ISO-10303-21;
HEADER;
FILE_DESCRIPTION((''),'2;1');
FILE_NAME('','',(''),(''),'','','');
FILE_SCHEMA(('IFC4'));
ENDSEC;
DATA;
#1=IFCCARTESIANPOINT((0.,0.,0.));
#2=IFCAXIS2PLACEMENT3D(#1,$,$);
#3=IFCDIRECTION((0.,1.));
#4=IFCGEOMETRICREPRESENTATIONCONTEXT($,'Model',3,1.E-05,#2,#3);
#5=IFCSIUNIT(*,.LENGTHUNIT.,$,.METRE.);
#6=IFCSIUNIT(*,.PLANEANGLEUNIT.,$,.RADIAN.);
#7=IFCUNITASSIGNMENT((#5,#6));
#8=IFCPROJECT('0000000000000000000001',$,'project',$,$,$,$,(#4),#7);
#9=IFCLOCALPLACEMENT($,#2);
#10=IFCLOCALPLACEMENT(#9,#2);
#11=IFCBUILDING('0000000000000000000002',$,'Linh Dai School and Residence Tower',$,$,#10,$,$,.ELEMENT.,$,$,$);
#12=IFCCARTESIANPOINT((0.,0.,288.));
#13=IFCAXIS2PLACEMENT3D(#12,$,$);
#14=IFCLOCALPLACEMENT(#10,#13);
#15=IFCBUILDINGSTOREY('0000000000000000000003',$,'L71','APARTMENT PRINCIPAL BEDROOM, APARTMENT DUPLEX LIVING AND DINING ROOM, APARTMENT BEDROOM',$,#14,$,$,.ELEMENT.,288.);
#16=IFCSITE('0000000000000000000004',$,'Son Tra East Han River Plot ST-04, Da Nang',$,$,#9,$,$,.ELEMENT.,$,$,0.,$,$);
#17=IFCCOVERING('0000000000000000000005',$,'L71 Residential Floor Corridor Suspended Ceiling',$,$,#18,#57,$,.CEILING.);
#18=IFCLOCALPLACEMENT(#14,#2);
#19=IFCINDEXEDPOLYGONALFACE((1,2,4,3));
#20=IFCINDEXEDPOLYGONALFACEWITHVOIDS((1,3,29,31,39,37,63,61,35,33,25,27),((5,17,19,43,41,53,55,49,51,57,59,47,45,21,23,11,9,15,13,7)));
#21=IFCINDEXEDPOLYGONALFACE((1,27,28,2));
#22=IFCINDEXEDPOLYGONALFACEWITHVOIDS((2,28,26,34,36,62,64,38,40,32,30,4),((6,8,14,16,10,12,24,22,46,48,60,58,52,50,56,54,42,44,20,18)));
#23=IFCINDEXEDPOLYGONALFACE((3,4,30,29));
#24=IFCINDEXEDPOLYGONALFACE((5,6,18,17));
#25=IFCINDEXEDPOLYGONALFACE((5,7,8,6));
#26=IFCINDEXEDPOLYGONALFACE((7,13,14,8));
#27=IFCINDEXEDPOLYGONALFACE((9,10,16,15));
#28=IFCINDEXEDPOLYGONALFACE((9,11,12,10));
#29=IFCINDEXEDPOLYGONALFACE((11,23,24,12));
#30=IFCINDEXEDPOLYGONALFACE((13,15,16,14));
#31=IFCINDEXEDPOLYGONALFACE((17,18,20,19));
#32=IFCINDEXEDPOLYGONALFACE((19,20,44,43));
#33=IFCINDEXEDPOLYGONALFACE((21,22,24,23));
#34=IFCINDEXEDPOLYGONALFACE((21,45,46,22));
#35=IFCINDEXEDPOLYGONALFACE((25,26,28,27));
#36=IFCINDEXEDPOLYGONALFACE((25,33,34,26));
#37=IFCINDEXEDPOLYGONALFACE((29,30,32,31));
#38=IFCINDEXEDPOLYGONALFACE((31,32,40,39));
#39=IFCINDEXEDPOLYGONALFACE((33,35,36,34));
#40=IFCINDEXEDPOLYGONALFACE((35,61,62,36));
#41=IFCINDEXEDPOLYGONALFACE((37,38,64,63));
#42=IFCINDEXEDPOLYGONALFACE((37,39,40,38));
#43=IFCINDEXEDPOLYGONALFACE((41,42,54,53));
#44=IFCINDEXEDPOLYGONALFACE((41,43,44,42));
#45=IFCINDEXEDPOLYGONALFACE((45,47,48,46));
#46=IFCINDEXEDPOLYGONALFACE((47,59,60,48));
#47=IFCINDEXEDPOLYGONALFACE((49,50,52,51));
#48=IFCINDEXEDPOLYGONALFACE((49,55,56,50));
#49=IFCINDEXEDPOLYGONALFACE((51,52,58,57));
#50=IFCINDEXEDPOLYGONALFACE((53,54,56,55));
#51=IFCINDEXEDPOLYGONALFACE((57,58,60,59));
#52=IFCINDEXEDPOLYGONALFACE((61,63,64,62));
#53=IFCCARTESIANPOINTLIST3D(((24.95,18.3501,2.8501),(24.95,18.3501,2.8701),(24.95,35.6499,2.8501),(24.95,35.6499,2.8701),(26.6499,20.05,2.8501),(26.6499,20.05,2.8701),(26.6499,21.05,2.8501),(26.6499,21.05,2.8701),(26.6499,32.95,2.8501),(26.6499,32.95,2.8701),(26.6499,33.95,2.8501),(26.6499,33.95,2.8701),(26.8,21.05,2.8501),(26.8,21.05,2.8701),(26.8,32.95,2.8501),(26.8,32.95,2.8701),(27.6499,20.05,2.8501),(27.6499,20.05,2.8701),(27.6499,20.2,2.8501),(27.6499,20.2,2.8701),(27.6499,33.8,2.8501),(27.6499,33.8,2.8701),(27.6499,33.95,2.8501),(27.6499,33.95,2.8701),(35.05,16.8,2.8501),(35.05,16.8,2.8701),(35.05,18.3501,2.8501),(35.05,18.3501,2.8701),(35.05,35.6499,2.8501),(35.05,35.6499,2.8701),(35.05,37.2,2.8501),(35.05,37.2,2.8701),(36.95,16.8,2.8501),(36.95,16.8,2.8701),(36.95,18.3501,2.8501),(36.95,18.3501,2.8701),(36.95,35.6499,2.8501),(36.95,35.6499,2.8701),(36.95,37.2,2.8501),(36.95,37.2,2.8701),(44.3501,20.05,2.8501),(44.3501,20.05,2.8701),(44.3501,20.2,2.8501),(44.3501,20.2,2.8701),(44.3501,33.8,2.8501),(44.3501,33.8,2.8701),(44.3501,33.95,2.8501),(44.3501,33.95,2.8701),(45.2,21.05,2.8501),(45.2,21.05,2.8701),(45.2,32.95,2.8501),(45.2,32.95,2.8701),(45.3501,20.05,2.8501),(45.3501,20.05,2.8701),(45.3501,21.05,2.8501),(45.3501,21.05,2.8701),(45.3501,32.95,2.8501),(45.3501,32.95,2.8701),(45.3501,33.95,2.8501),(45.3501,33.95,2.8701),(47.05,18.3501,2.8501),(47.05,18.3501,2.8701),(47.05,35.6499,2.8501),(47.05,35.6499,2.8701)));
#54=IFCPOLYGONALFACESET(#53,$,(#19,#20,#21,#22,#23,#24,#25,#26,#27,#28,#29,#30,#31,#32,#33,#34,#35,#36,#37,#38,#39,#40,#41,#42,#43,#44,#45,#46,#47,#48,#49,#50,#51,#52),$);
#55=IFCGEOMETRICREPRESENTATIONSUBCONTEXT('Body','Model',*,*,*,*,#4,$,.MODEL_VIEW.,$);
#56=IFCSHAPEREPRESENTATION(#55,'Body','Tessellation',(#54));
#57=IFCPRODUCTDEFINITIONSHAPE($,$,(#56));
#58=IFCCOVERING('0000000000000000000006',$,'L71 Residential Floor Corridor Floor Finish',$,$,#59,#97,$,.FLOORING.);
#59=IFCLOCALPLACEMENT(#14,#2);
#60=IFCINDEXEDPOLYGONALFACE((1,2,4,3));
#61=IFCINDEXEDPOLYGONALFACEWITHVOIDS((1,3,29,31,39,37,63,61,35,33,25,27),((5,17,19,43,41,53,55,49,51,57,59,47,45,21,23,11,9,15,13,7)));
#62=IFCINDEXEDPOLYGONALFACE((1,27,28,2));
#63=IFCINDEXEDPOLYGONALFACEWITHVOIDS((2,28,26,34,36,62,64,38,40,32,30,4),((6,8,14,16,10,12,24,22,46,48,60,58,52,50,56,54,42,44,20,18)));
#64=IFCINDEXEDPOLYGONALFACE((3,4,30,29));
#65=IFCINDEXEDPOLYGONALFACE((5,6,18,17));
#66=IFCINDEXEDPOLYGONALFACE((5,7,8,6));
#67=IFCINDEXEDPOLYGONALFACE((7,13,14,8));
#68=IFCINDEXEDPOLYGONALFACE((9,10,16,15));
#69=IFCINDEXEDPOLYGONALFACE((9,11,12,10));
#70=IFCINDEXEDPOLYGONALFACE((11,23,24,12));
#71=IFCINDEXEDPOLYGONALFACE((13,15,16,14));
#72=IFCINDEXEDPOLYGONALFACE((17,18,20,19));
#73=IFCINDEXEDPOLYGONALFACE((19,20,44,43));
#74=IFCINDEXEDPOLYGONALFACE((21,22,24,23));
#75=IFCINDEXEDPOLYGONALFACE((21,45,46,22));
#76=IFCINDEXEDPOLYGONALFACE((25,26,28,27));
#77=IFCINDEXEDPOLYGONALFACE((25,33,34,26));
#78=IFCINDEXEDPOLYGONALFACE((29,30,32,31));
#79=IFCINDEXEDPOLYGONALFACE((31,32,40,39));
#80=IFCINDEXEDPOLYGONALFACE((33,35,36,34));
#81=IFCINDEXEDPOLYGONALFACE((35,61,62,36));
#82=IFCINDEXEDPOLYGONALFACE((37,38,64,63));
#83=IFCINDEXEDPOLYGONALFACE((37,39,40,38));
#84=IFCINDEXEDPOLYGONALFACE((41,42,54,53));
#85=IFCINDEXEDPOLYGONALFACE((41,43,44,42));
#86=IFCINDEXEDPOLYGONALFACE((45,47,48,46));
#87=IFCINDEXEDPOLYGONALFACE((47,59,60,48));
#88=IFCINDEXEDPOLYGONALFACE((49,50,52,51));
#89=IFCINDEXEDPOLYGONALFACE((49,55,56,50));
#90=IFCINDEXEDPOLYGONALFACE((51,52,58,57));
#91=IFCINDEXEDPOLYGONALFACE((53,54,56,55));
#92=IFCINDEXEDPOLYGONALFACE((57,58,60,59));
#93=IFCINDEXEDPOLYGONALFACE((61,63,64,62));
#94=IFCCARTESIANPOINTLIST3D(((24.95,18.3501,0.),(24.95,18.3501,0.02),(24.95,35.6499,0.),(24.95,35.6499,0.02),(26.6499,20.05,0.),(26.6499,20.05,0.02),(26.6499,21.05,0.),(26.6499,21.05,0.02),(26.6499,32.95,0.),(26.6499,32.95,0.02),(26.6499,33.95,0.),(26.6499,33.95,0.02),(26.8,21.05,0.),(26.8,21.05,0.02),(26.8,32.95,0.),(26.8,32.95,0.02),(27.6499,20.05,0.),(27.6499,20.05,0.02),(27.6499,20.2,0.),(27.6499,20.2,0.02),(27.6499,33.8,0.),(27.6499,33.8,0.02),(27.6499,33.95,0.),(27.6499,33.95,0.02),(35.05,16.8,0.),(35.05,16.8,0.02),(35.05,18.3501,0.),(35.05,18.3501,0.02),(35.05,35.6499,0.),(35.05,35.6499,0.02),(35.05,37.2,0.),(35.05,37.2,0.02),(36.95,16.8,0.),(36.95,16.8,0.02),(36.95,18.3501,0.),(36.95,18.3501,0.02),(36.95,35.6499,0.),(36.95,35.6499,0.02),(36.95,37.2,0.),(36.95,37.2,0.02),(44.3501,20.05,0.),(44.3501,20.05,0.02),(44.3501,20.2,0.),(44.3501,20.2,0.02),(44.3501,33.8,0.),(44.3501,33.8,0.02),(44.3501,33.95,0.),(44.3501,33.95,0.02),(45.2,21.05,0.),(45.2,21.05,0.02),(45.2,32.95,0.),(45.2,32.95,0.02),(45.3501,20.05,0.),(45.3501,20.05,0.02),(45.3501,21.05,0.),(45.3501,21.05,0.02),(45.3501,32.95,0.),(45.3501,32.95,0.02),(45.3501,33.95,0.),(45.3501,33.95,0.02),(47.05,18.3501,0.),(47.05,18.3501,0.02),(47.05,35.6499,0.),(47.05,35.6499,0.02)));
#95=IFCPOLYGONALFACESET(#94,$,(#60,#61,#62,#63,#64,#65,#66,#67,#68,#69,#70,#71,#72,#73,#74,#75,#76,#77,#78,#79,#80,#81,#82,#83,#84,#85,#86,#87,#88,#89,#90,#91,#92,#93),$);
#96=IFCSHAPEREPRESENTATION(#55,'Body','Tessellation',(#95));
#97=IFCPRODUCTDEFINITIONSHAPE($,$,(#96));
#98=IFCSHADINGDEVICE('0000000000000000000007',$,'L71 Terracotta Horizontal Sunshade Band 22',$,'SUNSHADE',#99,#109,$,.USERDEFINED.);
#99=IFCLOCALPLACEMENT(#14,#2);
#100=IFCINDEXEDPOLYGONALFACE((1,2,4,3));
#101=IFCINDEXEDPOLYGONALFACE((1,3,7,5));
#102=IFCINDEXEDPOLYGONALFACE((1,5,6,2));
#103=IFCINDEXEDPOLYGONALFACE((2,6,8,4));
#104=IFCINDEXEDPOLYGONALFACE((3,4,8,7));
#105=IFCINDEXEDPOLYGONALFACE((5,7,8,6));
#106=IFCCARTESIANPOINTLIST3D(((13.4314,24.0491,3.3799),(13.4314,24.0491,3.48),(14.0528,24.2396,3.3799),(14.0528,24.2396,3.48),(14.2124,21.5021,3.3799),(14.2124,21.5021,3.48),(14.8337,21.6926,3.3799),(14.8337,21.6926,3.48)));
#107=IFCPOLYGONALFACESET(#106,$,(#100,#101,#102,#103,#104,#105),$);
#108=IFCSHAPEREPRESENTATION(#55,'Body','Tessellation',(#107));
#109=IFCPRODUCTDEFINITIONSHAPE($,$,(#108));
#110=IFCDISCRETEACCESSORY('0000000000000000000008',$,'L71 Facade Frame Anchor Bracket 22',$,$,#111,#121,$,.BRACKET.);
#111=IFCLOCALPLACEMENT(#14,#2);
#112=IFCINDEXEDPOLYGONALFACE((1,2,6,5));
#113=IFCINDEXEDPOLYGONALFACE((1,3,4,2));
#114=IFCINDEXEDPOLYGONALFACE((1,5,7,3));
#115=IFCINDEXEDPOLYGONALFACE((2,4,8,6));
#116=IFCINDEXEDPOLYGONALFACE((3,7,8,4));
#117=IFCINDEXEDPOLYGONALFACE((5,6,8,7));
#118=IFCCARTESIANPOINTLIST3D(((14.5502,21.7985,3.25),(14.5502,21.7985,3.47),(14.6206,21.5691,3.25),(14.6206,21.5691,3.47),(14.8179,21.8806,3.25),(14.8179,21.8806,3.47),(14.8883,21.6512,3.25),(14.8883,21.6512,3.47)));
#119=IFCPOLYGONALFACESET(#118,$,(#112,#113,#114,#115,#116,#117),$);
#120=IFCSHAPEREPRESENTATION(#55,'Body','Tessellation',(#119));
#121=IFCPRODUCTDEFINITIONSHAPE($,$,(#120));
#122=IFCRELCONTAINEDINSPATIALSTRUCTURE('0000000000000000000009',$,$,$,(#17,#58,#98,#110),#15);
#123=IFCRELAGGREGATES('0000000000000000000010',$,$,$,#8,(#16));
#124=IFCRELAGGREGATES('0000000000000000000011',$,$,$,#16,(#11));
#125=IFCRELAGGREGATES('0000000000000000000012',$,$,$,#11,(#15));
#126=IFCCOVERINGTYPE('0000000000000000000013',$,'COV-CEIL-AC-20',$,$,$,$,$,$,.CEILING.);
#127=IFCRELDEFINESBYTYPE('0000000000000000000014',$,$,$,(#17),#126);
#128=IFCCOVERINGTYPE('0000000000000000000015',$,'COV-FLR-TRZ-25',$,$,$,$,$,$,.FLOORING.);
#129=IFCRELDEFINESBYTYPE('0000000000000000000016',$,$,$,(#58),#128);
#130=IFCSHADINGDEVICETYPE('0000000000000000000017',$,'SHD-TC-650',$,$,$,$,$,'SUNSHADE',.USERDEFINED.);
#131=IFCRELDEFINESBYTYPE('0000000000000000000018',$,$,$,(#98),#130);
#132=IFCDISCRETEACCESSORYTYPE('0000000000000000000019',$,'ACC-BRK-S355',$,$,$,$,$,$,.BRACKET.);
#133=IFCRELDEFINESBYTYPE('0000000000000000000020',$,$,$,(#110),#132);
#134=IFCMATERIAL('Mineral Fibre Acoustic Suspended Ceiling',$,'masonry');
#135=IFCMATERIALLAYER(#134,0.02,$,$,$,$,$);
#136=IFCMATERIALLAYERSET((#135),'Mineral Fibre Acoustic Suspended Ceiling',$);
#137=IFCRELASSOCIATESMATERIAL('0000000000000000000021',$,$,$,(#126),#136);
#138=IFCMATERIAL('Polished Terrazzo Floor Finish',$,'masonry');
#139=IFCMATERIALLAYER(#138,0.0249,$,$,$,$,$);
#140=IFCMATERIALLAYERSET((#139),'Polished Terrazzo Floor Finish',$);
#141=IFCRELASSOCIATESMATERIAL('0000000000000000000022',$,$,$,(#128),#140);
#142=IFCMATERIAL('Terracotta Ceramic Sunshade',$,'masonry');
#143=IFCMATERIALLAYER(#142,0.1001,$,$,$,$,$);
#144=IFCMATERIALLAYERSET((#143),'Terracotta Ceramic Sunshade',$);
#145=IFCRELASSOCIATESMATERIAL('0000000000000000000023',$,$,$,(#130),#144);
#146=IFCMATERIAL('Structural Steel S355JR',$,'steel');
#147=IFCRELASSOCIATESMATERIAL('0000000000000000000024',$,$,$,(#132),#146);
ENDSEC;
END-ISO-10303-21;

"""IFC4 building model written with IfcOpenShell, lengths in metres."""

from ifc_helpers import new_model, si_unit, direction, frame, origin, origin_2d, place, context, subcontext, project, spatial, polyline, rectangle, outline, extrude, source, transform, mapped, material, layer, layer_set, type_object, element, save


model = new_model("IFC4")

# Units and contexts
model_context = context("Model", 3, precision=1e-05, world=origin(), true_north=direction((0.0, 1.0)))
body_context = subcontext(model_context, "Body", "Model", "MODEL_VIEW")
ifc_project = project(units=[si_unit("LENGTHUNIT", "METRE"), si_unit("PLANEANGLEUNIT", "RADIAN")], contexts=[model_context])

# Site, building, storey
site_placement = place(None, origin())
site = spatial("IfcSite", under=ifc_project, at=site_placement, Name="Son Tra East Han River Plot ST-04, Da Nang", CompositionType="ELEMENT", RefElevation=0.0)
building_placement = place(site_placement, origin())
building = spatial("IfcBuilding", under=site, at=building_placement, Name="Linh Dai School and Residence Tower", CompositionType="ELEMENT")
storey_placement = place(building_placement, frame((0.0, 0.0, 288.0)))
storey = spatial("IfcBuildingStorey", under=building, at=storey_placement, Name="L71", Description="APARTMENT PRINCIPAL BEDROOM, APARTMENT DUPLEX LIVING AND DINING ROOM, APARTMENT BEDROOM", CompositionType="ELEMENT", Elevation=288.0)

# Shared definitions
ifc_material_1 = material(Name="Structural Steel S355JR", Category="steel")

# Coverings
ifc_material_2 = material(Name="Mineral Fibre Acoustic Suspended Ceiling", Category="masonry")
ifc_layer_1 = layer(ifc_material_2, 0.02)
ifc_layer_set_1 = layer_set([ifc_layer_1], Name="Mineral Fibre Acoustic Suspended Ceiling")
covering_type_1 = type_object("IfcCoveringType", Name="COV-CEIL-AC-20", PredefinedType="CEILING", material=ifc_layer_set_1)
covering_1_placement = place(storey_placement, frame((0.0, 0.0, 2.8501)))
element("IfcCovering", 1, at=covering_1_placement, inside=storey, type_object=covering_type_1, Name="L71 Residential Floor Corridor Suspended Ceiling", PredefinedType="CEILING", context=body_context, shape_type="SweptSolid", body=[
    extrude(outline(polyline([(24.95, 18.3501), (24.95, 35.6499), (35.05, 35.6499), (35.05, 37.2), (36.95, 37.2), (36.95, 35.6499), (47.05, 35.6499), (47.05, 18.3501), (36.95, 18.3501), (36.95, 16.8), (35.05, 16.8), (35.05, 18.3501), (24.95, 18.3501)]), holes=[polyline([(27.6499, 33.8), (27.6499, 33.95), (26.6499, 33.95), (26.6499, 32.95), (26.8, 32.95), (26.8, 21.05), (26.6499, 21.05), (26.6499, 20.05), (27.6499, 20.05), (27.6499, 20.2), (44.3501, 20.2), (44.3501, 20.05), (45.3501, 20.05), (45.3501, 21.05), (45.2, 21.05), (45.2, 32.95), (45.3501, 32.95), (45.3501, 33.95), (44.3501, 33.95), (44.3501, 33.8), (27.6499, 33.8)])]), origin(), (0.0, 0.0, 1.0), 0.02),
])
ifc_material_3 = material(Name="Polished Terrazzo Floor Finish", Category="masonry")
ifc_layer_2 = layer(ifc_material_3, 0.0249)
ifc_layer_set_2 = layer_set([ifc_layer_2], Name="Polished Terrazzo Floor Finish")
covering_type_2 = type_object("IfcCoveringType", Name="COV-FLR-TRZ-25", PredefinedType="FLOORING", material=ifc_layer_set_2)
covering_2_placement = place(storey_placement, origin())
element("IfcCovering", 2, at=covering_2_placement, inside=storey, type_object=covering_type_2, Name="L71 Residential Floor Corridor Floor Finish", PredefinedType="FLOORING", context=body_context, shape_type="SweptSolid", body=[
    extrude(outline(polyline([(24.95, 18.3501), (24.95, 35.6499), (35.05, 35.6499), (35.05, 37.2), (36.95, 37.2), (36.95, 35.6499), (47.05, 35.6499), (47.05, 18.3501), (36.95, 18.3501), (36.95, 16.8), (35.05, 16.8), (35.05, 18.3501), (24.95, 18.3501)]), holes=[polyline([(27.6499, 33.8), (27.6499, 33.95), (26.6499, 33.95), (26.6499, 32.95), (26.8, 32.95), (26.8, 21.05), (26.6499, 21.05), (26.6499, 20.05), (27.6499, 20.05), (27.6499, 20.2), (44.3501, 20.2), (44.3501, 20.05), (45.3501, 20.05), (45.3501, 21.05), (45.2, 21.05), (45.2, 32.95), (45.3501, 32.95), (45.3501, 33.95), (44.3501, 33.95), (44.3501, 33.8), (27.6499, 33.8)])]), origin(), (0.0, 0.0, 1.0), 0.02),
])

# Shading device
ifc_material_4 = material(Name="Terracotta Ceramic Sunshade", Category="masonry")
ifc_layer_3 = layer(ifc_material_4, 0.1001)
ifc_layer_set_3 = layer_set([ifc_layer_3], Name="Terracotta Ceramic Sunshade")
shading_device_type = type_object("IfcShadingDeviceType", Name="SHD-TC-650", ElementType="SUNSHADE", PredefinedType="USERDEFINED", material=ifc_layer_set_3)
shared_shape_1 = source(origin(), body_context, "Body", "SweptSolid", [
    extrude(rectangle(XDim=2.6641, YDim=0.6499, at=origin_2d()), origin(), (0.0, 0.0, 1.0), 0.1001),
])
shading_device_placement = place(storey_placement, frame((14.1326, 22.8708, 3.3799), z_axis=(0.0, 0.0, 1.0), x_axis=(-0.293141, 0.956069, 0.0)))
element("IfcShadingDevice", 3, at=shading_device_placement, inside=storey, type_object=shading_device_type, Name="L71 Terracotta Horizontal Sunshade Band 22", ObjectType="SUNSHADE", PredefinedType="USERDEFINED", context=body_context, shape_type="MappedRepresentation", body=[
    mapped(shared_shape_1, transform((0.0, 0.0, 0.0), x_axis=(1.0, 0.0, 0.0), y_axis=(0.0, 1.0, 0.0), z_axis=(0.0, 0.0, 1.0), scale=1.0)),
])

# Discrete accessory
discrete_accessory_type = type_object("IfcDiscreteAccessoryType", Name="ACC-BRK-S355", PredefinedType="BRACKET", material=ifc_material_1)
shared_shape_2 = source(origin(), body_context, "Body", "SweptSolid", [
    extrude(rectangle(XDim=0.28, YDim=0.24, at=origin_2d()), origin(), (0.0, 0.0, 1.0), 0.22),
])
discrete_accessory_placement = place(storey_placement, frame((14.7192, 21.7249, 3.25), z_axis=(0.0, 0.0, 1.0), x_axis=(-0.956069, -0.293141, 0.0)))
element("IfcDiscreteAccessory", 4, at=discrete_accessory_placement, inside=storey, type_object=discrete_accessory_type, Name="L71 Facade Frame Anchor Bracket 22", PredefinedType="BRACKET", context=body_context, shape_type="MappedRepresentation", body=[
    mapped(shared_shape_2, transform((0.0, 0.0, 0.0), x_axis=(1.0, 0.0, 0.0), y_axis=(0.0, 1.0, 0.0), z_axis=(0.0, 0.0, 1.0), scale=1.0)),
])

save(model, "model.ifc")
